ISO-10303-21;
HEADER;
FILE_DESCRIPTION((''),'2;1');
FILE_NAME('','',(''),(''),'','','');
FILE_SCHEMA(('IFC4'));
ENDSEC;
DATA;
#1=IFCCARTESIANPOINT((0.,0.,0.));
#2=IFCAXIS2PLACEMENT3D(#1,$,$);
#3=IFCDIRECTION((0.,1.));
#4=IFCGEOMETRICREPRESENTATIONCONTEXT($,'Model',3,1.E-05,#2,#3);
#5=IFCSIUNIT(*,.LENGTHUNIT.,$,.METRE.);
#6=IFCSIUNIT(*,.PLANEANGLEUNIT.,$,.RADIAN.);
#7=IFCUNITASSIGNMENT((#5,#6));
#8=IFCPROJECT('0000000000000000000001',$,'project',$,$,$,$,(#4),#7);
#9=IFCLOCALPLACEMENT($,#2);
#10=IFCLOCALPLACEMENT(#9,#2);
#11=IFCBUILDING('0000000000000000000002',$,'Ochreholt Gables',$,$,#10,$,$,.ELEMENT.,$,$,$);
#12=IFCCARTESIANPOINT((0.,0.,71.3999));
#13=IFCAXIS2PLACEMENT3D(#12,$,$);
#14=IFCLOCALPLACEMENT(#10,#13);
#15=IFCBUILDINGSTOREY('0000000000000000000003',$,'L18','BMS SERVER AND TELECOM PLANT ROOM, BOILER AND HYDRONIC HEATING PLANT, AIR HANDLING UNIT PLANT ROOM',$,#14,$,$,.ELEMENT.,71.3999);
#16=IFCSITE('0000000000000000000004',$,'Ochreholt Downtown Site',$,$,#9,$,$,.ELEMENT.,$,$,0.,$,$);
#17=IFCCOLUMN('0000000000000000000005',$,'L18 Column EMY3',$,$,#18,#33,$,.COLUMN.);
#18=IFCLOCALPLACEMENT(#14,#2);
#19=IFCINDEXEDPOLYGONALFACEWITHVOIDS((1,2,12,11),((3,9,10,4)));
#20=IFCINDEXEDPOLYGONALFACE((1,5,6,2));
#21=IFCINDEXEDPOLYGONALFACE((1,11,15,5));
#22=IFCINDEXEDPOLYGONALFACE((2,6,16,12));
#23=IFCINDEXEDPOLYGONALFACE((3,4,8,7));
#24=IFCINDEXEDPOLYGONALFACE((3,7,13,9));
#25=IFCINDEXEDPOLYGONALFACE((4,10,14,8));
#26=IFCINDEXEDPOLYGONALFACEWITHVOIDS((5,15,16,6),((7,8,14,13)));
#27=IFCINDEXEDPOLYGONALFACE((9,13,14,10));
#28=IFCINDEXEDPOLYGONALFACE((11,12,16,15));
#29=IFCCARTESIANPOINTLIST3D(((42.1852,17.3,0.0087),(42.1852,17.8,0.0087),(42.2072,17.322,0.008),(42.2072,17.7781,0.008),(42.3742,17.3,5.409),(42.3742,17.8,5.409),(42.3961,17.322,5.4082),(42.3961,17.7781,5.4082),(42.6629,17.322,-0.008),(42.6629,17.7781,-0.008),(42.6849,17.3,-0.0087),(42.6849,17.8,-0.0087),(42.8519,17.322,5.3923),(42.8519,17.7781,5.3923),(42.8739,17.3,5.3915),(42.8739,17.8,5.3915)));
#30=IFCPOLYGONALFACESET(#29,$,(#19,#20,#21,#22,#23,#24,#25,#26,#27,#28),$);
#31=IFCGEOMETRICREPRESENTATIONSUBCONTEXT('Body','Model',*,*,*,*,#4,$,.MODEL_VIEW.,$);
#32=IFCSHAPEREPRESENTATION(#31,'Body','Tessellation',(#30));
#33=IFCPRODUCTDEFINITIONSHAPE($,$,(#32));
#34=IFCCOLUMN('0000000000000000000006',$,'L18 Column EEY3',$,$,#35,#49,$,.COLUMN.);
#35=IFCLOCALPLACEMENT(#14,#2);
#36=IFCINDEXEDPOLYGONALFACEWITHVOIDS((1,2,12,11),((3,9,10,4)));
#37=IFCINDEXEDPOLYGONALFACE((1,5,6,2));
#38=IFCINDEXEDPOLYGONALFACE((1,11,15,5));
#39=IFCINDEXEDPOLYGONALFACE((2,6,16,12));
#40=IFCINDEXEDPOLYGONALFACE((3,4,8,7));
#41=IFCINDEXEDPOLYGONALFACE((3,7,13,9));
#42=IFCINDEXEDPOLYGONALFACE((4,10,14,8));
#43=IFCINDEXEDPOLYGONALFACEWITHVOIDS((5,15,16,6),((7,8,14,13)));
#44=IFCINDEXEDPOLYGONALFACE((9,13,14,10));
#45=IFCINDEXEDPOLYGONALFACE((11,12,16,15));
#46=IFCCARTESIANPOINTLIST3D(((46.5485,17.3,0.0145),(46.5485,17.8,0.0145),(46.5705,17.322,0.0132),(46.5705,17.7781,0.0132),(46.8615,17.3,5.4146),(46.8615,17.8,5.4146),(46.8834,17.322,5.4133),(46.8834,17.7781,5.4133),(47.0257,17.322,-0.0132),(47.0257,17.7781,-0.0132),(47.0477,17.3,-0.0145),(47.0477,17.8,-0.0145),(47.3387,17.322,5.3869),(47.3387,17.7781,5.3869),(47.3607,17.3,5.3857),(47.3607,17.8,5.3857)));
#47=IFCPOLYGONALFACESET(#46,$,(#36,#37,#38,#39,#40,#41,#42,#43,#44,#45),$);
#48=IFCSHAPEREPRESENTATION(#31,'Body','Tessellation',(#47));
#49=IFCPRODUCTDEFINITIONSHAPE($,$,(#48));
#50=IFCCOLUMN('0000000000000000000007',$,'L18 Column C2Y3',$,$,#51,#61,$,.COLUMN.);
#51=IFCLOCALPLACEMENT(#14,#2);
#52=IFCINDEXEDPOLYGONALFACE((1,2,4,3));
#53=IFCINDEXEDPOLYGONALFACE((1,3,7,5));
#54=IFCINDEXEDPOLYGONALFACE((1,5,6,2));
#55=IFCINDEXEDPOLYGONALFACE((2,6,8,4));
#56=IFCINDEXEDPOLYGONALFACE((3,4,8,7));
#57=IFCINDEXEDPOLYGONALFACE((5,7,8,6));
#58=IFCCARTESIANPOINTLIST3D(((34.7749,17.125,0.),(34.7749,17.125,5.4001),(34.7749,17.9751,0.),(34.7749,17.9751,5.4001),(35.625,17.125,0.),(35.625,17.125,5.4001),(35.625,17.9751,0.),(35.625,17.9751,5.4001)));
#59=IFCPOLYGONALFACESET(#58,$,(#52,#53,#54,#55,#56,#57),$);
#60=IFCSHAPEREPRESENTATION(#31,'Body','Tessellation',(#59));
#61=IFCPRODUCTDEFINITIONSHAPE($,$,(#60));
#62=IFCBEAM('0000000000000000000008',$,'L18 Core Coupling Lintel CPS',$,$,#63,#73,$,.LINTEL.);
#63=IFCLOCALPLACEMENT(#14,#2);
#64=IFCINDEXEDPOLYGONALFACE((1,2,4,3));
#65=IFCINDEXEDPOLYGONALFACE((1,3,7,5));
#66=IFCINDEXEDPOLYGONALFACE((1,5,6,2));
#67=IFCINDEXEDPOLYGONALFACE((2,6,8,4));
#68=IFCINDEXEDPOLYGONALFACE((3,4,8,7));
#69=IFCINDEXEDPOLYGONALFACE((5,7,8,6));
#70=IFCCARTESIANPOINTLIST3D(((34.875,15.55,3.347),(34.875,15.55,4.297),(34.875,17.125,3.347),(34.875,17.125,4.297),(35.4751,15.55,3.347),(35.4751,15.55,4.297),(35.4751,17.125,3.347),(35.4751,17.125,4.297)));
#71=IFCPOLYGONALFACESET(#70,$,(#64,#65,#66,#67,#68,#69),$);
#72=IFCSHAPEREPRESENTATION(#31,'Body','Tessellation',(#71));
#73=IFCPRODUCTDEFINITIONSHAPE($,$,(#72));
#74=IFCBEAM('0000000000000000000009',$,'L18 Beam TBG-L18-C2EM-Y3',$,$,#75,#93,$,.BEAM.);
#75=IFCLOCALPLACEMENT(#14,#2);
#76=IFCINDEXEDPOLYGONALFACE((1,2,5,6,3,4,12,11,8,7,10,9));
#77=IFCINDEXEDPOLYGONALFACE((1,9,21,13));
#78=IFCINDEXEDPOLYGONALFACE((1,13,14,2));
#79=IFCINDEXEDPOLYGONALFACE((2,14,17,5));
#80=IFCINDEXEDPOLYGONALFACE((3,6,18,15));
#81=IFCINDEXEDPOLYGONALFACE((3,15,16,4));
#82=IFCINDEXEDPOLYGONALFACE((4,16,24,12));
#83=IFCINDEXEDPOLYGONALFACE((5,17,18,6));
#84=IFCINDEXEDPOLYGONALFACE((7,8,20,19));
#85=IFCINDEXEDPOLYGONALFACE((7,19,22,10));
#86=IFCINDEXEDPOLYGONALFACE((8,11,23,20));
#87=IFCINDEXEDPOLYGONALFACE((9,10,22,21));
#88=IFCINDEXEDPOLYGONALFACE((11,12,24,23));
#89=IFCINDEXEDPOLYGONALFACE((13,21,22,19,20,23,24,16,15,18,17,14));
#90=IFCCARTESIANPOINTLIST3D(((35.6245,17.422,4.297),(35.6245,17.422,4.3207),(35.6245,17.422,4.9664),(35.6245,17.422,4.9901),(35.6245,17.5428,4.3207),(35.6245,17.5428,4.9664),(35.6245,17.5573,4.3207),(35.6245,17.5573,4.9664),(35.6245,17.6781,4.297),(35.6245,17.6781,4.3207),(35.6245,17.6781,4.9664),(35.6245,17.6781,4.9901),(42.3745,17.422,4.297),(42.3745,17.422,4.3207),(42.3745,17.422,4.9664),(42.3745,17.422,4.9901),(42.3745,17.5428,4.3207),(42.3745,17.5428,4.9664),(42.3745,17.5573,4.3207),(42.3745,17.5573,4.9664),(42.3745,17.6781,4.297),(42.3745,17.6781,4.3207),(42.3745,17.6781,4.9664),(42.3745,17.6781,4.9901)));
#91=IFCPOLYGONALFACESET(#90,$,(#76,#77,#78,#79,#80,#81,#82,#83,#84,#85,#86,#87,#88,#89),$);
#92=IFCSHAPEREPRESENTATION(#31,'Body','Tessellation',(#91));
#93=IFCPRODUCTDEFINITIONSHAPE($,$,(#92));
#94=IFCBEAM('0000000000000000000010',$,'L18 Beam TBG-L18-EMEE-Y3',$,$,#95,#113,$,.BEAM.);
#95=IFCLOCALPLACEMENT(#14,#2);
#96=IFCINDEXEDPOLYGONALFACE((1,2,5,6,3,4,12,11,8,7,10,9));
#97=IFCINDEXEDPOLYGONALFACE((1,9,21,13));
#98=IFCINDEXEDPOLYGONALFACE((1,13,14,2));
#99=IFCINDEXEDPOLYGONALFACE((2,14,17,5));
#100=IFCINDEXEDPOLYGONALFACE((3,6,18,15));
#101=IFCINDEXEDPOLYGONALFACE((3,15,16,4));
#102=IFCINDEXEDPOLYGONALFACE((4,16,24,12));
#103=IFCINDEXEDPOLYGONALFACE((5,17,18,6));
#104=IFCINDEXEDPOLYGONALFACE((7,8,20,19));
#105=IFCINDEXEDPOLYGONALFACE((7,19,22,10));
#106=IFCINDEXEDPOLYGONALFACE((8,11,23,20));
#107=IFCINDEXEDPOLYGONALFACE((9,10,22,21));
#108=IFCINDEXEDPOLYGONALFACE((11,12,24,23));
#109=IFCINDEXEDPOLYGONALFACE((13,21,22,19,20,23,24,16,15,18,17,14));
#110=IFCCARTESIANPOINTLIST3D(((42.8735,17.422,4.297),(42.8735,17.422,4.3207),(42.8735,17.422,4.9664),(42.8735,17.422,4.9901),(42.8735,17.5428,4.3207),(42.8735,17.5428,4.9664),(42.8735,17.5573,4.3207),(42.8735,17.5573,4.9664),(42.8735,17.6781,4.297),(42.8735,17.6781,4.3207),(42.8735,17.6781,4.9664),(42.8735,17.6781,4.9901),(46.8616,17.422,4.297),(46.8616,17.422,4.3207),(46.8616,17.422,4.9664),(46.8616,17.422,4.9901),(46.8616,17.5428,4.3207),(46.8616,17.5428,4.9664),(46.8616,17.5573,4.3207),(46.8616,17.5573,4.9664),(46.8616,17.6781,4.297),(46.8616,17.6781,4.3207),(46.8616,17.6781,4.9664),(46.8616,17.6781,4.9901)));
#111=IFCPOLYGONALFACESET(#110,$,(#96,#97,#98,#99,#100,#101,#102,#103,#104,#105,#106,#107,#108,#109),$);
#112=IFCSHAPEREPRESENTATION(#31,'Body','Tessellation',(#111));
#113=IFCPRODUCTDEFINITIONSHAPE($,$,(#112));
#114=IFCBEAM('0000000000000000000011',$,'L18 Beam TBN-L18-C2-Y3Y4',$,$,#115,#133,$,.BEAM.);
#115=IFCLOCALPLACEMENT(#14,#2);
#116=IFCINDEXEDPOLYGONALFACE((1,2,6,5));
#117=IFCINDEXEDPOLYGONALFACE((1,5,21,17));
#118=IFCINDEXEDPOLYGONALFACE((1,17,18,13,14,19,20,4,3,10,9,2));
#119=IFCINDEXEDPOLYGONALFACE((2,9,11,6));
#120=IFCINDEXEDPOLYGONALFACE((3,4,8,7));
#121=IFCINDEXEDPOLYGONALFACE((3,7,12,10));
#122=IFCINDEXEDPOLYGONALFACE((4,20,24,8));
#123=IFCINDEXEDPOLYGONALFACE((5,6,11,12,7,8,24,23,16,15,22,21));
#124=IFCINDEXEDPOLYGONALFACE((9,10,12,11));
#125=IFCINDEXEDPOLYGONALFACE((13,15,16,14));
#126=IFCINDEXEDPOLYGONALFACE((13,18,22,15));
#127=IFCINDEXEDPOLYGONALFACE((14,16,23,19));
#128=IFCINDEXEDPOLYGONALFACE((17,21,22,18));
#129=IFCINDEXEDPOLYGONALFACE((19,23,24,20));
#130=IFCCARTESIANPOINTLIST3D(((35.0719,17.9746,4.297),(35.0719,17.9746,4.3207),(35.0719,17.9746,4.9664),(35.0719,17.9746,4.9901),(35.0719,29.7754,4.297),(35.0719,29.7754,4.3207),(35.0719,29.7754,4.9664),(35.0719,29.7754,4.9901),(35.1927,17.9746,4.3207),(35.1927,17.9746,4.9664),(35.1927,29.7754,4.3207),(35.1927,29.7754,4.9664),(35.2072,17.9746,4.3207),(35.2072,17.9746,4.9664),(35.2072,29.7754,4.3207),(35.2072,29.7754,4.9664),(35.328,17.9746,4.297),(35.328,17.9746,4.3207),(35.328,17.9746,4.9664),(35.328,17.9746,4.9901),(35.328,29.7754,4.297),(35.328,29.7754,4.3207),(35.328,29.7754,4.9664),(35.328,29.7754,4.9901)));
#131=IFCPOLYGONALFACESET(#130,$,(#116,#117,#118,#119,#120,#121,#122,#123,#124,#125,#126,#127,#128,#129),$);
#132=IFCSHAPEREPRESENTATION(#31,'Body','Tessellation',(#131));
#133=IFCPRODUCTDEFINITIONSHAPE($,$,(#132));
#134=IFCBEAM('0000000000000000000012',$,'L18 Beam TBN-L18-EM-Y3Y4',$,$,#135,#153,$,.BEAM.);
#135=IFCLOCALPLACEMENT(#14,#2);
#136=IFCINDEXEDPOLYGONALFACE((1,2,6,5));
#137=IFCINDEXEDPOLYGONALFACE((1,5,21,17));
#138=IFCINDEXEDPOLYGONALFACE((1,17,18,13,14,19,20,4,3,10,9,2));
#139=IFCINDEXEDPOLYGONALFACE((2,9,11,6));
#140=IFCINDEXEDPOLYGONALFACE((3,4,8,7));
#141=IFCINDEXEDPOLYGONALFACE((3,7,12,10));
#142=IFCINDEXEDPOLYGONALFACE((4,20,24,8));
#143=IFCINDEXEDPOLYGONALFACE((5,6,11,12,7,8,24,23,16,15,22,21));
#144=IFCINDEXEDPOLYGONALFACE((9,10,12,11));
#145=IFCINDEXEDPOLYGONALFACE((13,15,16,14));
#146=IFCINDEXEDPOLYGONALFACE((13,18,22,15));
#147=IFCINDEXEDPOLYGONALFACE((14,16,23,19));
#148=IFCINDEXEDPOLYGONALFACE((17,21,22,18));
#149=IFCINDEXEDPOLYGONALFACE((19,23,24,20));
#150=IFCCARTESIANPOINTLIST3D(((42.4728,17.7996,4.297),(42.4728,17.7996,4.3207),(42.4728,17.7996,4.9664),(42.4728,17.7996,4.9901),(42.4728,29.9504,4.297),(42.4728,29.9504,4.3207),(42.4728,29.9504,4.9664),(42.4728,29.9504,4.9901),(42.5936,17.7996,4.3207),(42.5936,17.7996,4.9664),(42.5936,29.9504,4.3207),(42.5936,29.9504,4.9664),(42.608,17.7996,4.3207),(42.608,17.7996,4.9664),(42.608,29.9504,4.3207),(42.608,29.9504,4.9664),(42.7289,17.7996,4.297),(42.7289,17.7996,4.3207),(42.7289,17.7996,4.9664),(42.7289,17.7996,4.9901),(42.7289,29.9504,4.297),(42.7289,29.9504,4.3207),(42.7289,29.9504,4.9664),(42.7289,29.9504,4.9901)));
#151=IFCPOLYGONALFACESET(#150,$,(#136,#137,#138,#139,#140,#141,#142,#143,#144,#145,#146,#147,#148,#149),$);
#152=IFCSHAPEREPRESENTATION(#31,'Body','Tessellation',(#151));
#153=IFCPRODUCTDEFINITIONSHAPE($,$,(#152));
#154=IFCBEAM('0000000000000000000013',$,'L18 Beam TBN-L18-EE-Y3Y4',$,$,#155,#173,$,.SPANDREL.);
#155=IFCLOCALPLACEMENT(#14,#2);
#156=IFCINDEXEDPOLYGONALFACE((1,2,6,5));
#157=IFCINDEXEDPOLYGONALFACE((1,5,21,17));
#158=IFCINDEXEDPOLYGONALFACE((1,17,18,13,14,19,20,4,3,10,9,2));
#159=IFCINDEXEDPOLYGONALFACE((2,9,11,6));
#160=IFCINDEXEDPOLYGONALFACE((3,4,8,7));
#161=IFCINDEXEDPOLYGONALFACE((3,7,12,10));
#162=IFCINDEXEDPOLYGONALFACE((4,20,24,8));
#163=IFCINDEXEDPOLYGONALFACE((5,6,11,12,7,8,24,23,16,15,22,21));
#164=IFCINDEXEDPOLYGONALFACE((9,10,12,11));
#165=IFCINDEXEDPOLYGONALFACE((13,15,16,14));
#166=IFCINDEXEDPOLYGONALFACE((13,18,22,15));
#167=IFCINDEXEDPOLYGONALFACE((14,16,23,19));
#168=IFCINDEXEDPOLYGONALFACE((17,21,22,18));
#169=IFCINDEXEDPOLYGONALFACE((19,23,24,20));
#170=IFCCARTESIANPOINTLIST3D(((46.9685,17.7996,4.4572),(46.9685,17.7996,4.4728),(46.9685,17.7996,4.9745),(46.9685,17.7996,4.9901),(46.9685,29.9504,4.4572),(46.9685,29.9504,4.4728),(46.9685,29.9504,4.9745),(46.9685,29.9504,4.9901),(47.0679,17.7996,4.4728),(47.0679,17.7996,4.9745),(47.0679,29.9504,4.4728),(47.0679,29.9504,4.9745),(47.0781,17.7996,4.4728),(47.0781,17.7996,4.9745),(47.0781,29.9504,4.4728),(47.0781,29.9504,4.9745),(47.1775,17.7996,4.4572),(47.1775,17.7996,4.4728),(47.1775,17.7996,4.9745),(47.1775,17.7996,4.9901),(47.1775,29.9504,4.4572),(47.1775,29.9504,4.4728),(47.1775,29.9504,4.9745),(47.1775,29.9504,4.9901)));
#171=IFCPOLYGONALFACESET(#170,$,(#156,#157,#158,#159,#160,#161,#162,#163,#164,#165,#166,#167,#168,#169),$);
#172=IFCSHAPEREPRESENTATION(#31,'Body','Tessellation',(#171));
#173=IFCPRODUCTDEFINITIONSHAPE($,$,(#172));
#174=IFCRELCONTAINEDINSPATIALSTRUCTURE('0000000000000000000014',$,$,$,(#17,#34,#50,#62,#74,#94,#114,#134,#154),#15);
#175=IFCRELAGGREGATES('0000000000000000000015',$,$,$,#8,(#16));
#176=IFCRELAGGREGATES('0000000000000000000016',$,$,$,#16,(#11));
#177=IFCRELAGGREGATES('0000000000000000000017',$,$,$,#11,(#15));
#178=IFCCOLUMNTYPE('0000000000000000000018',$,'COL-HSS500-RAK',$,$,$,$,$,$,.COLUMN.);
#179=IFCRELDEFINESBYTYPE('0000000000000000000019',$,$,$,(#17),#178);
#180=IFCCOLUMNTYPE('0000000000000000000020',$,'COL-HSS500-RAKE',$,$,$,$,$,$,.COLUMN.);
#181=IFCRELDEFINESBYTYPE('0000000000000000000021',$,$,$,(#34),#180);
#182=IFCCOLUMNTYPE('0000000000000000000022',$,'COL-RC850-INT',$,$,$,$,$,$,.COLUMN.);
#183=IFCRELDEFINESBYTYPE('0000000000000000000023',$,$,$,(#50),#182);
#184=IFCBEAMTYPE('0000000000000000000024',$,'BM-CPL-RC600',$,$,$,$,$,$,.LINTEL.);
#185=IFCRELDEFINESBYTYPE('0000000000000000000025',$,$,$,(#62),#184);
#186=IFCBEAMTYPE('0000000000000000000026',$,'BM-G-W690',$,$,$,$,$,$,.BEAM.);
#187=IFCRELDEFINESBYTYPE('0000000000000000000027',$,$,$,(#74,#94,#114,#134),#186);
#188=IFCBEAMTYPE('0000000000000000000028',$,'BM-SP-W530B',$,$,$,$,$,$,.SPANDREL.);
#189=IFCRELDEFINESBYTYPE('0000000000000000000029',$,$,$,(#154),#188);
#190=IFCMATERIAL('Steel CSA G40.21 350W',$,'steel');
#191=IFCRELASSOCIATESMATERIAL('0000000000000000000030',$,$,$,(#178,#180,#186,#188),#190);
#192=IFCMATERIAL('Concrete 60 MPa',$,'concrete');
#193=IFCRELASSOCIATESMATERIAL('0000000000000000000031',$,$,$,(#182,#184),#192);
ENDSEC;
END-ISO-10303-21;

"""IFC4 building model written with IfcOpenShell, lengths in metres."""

from ifc_helpers import new_model, si_unit, direction, frame, origin, origin_2d, place, context, subcontext, project, spatial, rectangle, hollow_rectangle, i_section, extrude, material, material_profile, profile_set, type_object, element, save


model = new_model("IFC4")

# Units and contexts
model_context = context("Model", 3, precision=1e-05, world=origin(), true_north=direction((0.0, 1.0)))
body_context = subcontext(model_context, "Body", "Model", "MODEL_VIEW")
ifc_project = project(units=[si_unit("LENGTHUNIT", "METRE"), si_unit("PLANEANGLEUNIT", "RADIAN")], contexts=[model_context])

# Site, building, storey
site_placement = place(None, origin())
site = spatial("IfcSite", under=ifc_project, at=site_placement, Name="Ochreholt Downtown Site", CompositionType="ELEMENT", RefElevation=0.0)
building_placement = place(site_placement, origin())
building = spatial("IfcBuilding", under=site, at=building_placement, Name="Ochreholt Gables", CompositionType="ELEMENT")
storey_placement = place(building_placement, frame((0.0, 0.0, 71.3999)))
storey = spatial("IfcBuildingStorey", under=building, at=storey_placement, Name="L18", Description="BMS SERVER AND TELECOM PLANT ROOM, BOILER AND HYDRONIC HEATING PLANT, AIR HANDLING UNIT PLANT ROOM", CompositionType="ELEMENT", Elevation=71.3999)

# Columns
ifc_material_1 = material(Name="Steel CSA G40.21 350W", Category="steel")
ifc_material_profile_1 = material_profile(ifc_material_1, hollow_rectangle(XDim=0.5, YDim=0.5, WallThickness=0.022, at=origin_2d()), Name="HSS500X500X22")
ifc_profile_set_1 = profile_set([ifc_material_profile_1], Name="Steel CSA G40.21 350W")
column_type_1 = type_object("IfcColumnType", Name="COL-HSS500-RAK", PredefinedType="COLUMN", material=ifc_profile_set_1)
column_1_placement = place(storey_placement, frame((42.4351, 17.55, 0.0), z_axis=(0.034971, 0.0, 0.999388), x_axis=(0.0, 1.0, 0.0)))
element("IfcColumn", 1, at=column_1_placement, inside=storey, type_object=column_type_1, Name="L18 Column EMY3", PredefinedType="COLUMN", context=body_context, shape_type="SweptSolid", body=[
    extrude(hollow_rectangle(XDim=0.5, YDim=0.5, WallThickness=0.022, at=origin_2d()), origin(), (0.0, 0.0, 1.0), 5.4036),
])
ifc_material_profile_2 = material_profile(ifc_material_1, hollow_rectangle(XDim=0.5, YDim=0.5, WallThickness=0.022, at=origin_2d()), Name="HSS500X500X22")
ifc_profile_set_2 = profile_set([ifc_material_profile_2], Name="Steel CSA G40.21 350W")
column_type_2 = type_object("IfcColumnType", Name="COL-HSS500-RAKE", PredefinedType="COLUMN", material=ifc_profile_set_2)
column_2_placement = place(storey_placement, frame((46.7981, 17.55, 0.0), z_axis=(0.057862, 0.0, 0.998325), x_axis=(0.0, 1.0, 0.0)))
element("IfcColumn", 2, at=column_2_placement, inside=storey, type_object=column_type_2, Name="L18 Column EEY3", PredefinedType="COLUMN", context=body_context, shape_type="SweptSolid", body=[
    extrude(hollow_rectangle(XDim=0.5, YDim=0.5, WallThickness=0.022, at=origin_2d()), origin(), (0.0, 0.0, 1.0), 5.4092),
])
ifc_material_2 = material(Name="Concrete 60 MPa", Category="concrete")
ifc_material_profile_3 = material_profile(ifc_material_2, rectangle(XDim=0.8501, YDim=0.8501, at=origin_2d()), Name="RC850X850")
ifc_profile_set_3 = profile_set([ifc_material_profile_3], Name="Concrete 60 MPa")
column_type_3 = type_object("IfcColumnType", Name="COL-RC850-INT", PredefinedType="COLUMN", material=ifc_profile_set_3)
column_3_placement = place(storey_placement, frame((35.2, 17.55, 0.0), z_axis=(0.0, 0.0, 1.0), x_axis=(1.0, 0.0, 0.0)))
element("IfcColumn", 3, at=column_3_placement, inside=storey, type_object=column_type_3, Name="L18 Column C2Y3", PredefinedType="COLUMN", context=body_context, shape_type="SweptSolid", body=[
    extrude(rectangle(XDim=0.8501, YDim=0.8501, at=origin_2d()), origin(), (0.0, 0.0, 1.0), 5.4001),
])

# Beams
ifc_material_profile_4 = material_profile(ifc_material_2, rectangle(XDim=0.6001, YDim=0.95, at=origin_2d()), Name="RCB600X950")
ifc_profile_set_4 = profile_set([ifc_material_profile_4], Name="Concrete 60 MPa")
beam_type_1 = type_object("IfcBeamType", Name="BM-CPL-RC600", PredefinedType="LINTEL", material=ifc_profile_set_4)
beam_1_placement = place(storey_placement, frame((35.175, 15.55, 3.822), z_axis=(0.0, 1.0, 0.0), x_axis=(-1.0, 0.0, 0.0)))
element("IfcBeam", 4, at=beam_1_placement, inside=storey, type_object=beam_type_1, Name="L18 Core Coupling Lintel CPS", PredefinedType="LINTEL", context=body_context, shape_type="SweptSolid", body=[
    extrude(rectangle(XDim=0.6001, YDim=0.95, at=origin_2d()), origin(), (0.0, 0.0, 1.0), 1.575),
])
ifc_material_profile_5 = material_profile(ifc_material_1, i_section(OverallWidth=0.2561, OverallDepth=0.6931, WebThickness=0.0144, FlangeThickness=0.0237, at=origin_2d()), Name="W690X170")
ifc_profile_set_5 = profile_set([ifc_material_profile_5], Name="Steel CSA G40.21 350W")
beam_type_2 = type_object("IfcBeamType", Name="BM-G-W690", PredefinedType="BEAM", material=ifc_profile_set_5)
beam_2_placement = place(storey_placement, frame((35.6245, 17.55, 4.6436), z_axis=(1.0, 0.0, 0.0), x_axis=(0.0, 1.0, 0.0)))
element("IfcBeam", 5, at=beam_2_placement, inside=storey, type_object=beam_type_2, Name="L18 Beam TBG-L18-C2EM-Y3", PredefinedType="BEAM", context=body_context, shape_type="SweptSolid", body=[
    extrude(i_section(OverallWidth=0.2561, OverallDepth=0.6931, WebThickness=0.0144, FlangeThickness=0.0237, at=origin_2d()), origin(), (0.0, 0.0, 1.0), 6.75),
])
beam_3_placement = place(storey_placement, frame((42.8735, 17.55, 4.6436), z_axis=(1.0, 0.0, 0.0), x_axis=(0.0, 1.0, 0.0)))
element("IfcBeam", 6, at=beam_3_placement, inside=storey, type_object=beam_type_2, Name="L18 Beam TBG-L18-EMEE-Y3", PredefinedType="BEAM", context=body_context, shape_type="SweptSolid", body=[
    extrude(i_section(OverallWidth=0.2561, OverallDepth=0.6931, WebThickness=0.0144, FlangeThickness=0.0237, at=origin_2d()), origin(), (0.0, 0.0, 1.0), 3.988),
])
beam_4_placement = place(storey_placement, frame((35.2, 17.9746, 4.6436), z_axis=(0.0, 1.0, 0.0), x_axis=(-1.0, 0.0, 0.0)))
element("IfcBeam", 7, at=beam_4_placement, inside=storey, type_object=beam_type_2, Name="L18 Beam TBN-L18-C2-Y3Y4", PredefinedType="BEAM", context=body_context, shape_type="SweptSolid", body=[
    extrude(i_section(OverallWidth=0.2561, OverallDepth=0.6931, WebThickness=0.0144, FlangeThickness=0.0237, at=origin_2d()), origin(), (0.0, 0.0, 1.0), 11.8008),
])
beam_5_placement = place(storey_placement, frame((42.6008, 17.7996, 4.6436), z_axis=(0.0, 1.0, 0.0), x_axis=(-1.0, 0.0, 0.0)))
element("IfcBeam", 8, at=beam_5_placement, inside=storey, type_object=beam_type_2, Name="L18 Beam TBN-L18-EM-Y3Y4", PredefinedType="BEAM", context=body_context, shape_type="SweptSolid", body=[
    extrude(i_section(OverallWidth=0.2561, OverallDepth=0.6931, WebThickness=0.0144, FlangeThickness=0.0237, at=origin_2d()), origin(), (0.0, 0.0, 1.0), 12.1509),
])
ifc_material_profile_6 = material_profile(ifc_material_1, i_section(OverallWidth=0.209, OverallDepth=0.533, WebThickness=0.0103, FlangeThickness=0.0156, at=origin_2d()), Name="W530X92")
ifc_profile_set_6 = profile_set([ifc_material_profile_6], Name="Steel CSA G40.21 350W")
beam_type_3 = type_object("IfcBeamType", Name="BM-SP-W530B", PredefinedType="SPANDREL", material=ifc_profile_set_6)
beam_6_placement = place(storey_placement, frame((47.073, 17.7996, 4.7236), z_axis=(0.0, 1.0, 0.0), x_axis=(-1.0, 0.0, 0.0)))
element("IfcBeam", 9, at=beam_6_placement, inside=storey, type_object=beam_type_3, Name="L18 Beam TBN-L18-EE-Y3Y4", PredefinedType="SPANDREL", context=body_context, shape_type="SweptSolid", body=[
    extrude(i_section(OverallWidth=0.209, OverallDepth=0.533, WebThickness=0.0103, FlangeThickness=0.0156, at=origin_2d()), origin(), (0.0, 0.0, 1.0), 12.1509),
])

save(model, "model.ifc")
